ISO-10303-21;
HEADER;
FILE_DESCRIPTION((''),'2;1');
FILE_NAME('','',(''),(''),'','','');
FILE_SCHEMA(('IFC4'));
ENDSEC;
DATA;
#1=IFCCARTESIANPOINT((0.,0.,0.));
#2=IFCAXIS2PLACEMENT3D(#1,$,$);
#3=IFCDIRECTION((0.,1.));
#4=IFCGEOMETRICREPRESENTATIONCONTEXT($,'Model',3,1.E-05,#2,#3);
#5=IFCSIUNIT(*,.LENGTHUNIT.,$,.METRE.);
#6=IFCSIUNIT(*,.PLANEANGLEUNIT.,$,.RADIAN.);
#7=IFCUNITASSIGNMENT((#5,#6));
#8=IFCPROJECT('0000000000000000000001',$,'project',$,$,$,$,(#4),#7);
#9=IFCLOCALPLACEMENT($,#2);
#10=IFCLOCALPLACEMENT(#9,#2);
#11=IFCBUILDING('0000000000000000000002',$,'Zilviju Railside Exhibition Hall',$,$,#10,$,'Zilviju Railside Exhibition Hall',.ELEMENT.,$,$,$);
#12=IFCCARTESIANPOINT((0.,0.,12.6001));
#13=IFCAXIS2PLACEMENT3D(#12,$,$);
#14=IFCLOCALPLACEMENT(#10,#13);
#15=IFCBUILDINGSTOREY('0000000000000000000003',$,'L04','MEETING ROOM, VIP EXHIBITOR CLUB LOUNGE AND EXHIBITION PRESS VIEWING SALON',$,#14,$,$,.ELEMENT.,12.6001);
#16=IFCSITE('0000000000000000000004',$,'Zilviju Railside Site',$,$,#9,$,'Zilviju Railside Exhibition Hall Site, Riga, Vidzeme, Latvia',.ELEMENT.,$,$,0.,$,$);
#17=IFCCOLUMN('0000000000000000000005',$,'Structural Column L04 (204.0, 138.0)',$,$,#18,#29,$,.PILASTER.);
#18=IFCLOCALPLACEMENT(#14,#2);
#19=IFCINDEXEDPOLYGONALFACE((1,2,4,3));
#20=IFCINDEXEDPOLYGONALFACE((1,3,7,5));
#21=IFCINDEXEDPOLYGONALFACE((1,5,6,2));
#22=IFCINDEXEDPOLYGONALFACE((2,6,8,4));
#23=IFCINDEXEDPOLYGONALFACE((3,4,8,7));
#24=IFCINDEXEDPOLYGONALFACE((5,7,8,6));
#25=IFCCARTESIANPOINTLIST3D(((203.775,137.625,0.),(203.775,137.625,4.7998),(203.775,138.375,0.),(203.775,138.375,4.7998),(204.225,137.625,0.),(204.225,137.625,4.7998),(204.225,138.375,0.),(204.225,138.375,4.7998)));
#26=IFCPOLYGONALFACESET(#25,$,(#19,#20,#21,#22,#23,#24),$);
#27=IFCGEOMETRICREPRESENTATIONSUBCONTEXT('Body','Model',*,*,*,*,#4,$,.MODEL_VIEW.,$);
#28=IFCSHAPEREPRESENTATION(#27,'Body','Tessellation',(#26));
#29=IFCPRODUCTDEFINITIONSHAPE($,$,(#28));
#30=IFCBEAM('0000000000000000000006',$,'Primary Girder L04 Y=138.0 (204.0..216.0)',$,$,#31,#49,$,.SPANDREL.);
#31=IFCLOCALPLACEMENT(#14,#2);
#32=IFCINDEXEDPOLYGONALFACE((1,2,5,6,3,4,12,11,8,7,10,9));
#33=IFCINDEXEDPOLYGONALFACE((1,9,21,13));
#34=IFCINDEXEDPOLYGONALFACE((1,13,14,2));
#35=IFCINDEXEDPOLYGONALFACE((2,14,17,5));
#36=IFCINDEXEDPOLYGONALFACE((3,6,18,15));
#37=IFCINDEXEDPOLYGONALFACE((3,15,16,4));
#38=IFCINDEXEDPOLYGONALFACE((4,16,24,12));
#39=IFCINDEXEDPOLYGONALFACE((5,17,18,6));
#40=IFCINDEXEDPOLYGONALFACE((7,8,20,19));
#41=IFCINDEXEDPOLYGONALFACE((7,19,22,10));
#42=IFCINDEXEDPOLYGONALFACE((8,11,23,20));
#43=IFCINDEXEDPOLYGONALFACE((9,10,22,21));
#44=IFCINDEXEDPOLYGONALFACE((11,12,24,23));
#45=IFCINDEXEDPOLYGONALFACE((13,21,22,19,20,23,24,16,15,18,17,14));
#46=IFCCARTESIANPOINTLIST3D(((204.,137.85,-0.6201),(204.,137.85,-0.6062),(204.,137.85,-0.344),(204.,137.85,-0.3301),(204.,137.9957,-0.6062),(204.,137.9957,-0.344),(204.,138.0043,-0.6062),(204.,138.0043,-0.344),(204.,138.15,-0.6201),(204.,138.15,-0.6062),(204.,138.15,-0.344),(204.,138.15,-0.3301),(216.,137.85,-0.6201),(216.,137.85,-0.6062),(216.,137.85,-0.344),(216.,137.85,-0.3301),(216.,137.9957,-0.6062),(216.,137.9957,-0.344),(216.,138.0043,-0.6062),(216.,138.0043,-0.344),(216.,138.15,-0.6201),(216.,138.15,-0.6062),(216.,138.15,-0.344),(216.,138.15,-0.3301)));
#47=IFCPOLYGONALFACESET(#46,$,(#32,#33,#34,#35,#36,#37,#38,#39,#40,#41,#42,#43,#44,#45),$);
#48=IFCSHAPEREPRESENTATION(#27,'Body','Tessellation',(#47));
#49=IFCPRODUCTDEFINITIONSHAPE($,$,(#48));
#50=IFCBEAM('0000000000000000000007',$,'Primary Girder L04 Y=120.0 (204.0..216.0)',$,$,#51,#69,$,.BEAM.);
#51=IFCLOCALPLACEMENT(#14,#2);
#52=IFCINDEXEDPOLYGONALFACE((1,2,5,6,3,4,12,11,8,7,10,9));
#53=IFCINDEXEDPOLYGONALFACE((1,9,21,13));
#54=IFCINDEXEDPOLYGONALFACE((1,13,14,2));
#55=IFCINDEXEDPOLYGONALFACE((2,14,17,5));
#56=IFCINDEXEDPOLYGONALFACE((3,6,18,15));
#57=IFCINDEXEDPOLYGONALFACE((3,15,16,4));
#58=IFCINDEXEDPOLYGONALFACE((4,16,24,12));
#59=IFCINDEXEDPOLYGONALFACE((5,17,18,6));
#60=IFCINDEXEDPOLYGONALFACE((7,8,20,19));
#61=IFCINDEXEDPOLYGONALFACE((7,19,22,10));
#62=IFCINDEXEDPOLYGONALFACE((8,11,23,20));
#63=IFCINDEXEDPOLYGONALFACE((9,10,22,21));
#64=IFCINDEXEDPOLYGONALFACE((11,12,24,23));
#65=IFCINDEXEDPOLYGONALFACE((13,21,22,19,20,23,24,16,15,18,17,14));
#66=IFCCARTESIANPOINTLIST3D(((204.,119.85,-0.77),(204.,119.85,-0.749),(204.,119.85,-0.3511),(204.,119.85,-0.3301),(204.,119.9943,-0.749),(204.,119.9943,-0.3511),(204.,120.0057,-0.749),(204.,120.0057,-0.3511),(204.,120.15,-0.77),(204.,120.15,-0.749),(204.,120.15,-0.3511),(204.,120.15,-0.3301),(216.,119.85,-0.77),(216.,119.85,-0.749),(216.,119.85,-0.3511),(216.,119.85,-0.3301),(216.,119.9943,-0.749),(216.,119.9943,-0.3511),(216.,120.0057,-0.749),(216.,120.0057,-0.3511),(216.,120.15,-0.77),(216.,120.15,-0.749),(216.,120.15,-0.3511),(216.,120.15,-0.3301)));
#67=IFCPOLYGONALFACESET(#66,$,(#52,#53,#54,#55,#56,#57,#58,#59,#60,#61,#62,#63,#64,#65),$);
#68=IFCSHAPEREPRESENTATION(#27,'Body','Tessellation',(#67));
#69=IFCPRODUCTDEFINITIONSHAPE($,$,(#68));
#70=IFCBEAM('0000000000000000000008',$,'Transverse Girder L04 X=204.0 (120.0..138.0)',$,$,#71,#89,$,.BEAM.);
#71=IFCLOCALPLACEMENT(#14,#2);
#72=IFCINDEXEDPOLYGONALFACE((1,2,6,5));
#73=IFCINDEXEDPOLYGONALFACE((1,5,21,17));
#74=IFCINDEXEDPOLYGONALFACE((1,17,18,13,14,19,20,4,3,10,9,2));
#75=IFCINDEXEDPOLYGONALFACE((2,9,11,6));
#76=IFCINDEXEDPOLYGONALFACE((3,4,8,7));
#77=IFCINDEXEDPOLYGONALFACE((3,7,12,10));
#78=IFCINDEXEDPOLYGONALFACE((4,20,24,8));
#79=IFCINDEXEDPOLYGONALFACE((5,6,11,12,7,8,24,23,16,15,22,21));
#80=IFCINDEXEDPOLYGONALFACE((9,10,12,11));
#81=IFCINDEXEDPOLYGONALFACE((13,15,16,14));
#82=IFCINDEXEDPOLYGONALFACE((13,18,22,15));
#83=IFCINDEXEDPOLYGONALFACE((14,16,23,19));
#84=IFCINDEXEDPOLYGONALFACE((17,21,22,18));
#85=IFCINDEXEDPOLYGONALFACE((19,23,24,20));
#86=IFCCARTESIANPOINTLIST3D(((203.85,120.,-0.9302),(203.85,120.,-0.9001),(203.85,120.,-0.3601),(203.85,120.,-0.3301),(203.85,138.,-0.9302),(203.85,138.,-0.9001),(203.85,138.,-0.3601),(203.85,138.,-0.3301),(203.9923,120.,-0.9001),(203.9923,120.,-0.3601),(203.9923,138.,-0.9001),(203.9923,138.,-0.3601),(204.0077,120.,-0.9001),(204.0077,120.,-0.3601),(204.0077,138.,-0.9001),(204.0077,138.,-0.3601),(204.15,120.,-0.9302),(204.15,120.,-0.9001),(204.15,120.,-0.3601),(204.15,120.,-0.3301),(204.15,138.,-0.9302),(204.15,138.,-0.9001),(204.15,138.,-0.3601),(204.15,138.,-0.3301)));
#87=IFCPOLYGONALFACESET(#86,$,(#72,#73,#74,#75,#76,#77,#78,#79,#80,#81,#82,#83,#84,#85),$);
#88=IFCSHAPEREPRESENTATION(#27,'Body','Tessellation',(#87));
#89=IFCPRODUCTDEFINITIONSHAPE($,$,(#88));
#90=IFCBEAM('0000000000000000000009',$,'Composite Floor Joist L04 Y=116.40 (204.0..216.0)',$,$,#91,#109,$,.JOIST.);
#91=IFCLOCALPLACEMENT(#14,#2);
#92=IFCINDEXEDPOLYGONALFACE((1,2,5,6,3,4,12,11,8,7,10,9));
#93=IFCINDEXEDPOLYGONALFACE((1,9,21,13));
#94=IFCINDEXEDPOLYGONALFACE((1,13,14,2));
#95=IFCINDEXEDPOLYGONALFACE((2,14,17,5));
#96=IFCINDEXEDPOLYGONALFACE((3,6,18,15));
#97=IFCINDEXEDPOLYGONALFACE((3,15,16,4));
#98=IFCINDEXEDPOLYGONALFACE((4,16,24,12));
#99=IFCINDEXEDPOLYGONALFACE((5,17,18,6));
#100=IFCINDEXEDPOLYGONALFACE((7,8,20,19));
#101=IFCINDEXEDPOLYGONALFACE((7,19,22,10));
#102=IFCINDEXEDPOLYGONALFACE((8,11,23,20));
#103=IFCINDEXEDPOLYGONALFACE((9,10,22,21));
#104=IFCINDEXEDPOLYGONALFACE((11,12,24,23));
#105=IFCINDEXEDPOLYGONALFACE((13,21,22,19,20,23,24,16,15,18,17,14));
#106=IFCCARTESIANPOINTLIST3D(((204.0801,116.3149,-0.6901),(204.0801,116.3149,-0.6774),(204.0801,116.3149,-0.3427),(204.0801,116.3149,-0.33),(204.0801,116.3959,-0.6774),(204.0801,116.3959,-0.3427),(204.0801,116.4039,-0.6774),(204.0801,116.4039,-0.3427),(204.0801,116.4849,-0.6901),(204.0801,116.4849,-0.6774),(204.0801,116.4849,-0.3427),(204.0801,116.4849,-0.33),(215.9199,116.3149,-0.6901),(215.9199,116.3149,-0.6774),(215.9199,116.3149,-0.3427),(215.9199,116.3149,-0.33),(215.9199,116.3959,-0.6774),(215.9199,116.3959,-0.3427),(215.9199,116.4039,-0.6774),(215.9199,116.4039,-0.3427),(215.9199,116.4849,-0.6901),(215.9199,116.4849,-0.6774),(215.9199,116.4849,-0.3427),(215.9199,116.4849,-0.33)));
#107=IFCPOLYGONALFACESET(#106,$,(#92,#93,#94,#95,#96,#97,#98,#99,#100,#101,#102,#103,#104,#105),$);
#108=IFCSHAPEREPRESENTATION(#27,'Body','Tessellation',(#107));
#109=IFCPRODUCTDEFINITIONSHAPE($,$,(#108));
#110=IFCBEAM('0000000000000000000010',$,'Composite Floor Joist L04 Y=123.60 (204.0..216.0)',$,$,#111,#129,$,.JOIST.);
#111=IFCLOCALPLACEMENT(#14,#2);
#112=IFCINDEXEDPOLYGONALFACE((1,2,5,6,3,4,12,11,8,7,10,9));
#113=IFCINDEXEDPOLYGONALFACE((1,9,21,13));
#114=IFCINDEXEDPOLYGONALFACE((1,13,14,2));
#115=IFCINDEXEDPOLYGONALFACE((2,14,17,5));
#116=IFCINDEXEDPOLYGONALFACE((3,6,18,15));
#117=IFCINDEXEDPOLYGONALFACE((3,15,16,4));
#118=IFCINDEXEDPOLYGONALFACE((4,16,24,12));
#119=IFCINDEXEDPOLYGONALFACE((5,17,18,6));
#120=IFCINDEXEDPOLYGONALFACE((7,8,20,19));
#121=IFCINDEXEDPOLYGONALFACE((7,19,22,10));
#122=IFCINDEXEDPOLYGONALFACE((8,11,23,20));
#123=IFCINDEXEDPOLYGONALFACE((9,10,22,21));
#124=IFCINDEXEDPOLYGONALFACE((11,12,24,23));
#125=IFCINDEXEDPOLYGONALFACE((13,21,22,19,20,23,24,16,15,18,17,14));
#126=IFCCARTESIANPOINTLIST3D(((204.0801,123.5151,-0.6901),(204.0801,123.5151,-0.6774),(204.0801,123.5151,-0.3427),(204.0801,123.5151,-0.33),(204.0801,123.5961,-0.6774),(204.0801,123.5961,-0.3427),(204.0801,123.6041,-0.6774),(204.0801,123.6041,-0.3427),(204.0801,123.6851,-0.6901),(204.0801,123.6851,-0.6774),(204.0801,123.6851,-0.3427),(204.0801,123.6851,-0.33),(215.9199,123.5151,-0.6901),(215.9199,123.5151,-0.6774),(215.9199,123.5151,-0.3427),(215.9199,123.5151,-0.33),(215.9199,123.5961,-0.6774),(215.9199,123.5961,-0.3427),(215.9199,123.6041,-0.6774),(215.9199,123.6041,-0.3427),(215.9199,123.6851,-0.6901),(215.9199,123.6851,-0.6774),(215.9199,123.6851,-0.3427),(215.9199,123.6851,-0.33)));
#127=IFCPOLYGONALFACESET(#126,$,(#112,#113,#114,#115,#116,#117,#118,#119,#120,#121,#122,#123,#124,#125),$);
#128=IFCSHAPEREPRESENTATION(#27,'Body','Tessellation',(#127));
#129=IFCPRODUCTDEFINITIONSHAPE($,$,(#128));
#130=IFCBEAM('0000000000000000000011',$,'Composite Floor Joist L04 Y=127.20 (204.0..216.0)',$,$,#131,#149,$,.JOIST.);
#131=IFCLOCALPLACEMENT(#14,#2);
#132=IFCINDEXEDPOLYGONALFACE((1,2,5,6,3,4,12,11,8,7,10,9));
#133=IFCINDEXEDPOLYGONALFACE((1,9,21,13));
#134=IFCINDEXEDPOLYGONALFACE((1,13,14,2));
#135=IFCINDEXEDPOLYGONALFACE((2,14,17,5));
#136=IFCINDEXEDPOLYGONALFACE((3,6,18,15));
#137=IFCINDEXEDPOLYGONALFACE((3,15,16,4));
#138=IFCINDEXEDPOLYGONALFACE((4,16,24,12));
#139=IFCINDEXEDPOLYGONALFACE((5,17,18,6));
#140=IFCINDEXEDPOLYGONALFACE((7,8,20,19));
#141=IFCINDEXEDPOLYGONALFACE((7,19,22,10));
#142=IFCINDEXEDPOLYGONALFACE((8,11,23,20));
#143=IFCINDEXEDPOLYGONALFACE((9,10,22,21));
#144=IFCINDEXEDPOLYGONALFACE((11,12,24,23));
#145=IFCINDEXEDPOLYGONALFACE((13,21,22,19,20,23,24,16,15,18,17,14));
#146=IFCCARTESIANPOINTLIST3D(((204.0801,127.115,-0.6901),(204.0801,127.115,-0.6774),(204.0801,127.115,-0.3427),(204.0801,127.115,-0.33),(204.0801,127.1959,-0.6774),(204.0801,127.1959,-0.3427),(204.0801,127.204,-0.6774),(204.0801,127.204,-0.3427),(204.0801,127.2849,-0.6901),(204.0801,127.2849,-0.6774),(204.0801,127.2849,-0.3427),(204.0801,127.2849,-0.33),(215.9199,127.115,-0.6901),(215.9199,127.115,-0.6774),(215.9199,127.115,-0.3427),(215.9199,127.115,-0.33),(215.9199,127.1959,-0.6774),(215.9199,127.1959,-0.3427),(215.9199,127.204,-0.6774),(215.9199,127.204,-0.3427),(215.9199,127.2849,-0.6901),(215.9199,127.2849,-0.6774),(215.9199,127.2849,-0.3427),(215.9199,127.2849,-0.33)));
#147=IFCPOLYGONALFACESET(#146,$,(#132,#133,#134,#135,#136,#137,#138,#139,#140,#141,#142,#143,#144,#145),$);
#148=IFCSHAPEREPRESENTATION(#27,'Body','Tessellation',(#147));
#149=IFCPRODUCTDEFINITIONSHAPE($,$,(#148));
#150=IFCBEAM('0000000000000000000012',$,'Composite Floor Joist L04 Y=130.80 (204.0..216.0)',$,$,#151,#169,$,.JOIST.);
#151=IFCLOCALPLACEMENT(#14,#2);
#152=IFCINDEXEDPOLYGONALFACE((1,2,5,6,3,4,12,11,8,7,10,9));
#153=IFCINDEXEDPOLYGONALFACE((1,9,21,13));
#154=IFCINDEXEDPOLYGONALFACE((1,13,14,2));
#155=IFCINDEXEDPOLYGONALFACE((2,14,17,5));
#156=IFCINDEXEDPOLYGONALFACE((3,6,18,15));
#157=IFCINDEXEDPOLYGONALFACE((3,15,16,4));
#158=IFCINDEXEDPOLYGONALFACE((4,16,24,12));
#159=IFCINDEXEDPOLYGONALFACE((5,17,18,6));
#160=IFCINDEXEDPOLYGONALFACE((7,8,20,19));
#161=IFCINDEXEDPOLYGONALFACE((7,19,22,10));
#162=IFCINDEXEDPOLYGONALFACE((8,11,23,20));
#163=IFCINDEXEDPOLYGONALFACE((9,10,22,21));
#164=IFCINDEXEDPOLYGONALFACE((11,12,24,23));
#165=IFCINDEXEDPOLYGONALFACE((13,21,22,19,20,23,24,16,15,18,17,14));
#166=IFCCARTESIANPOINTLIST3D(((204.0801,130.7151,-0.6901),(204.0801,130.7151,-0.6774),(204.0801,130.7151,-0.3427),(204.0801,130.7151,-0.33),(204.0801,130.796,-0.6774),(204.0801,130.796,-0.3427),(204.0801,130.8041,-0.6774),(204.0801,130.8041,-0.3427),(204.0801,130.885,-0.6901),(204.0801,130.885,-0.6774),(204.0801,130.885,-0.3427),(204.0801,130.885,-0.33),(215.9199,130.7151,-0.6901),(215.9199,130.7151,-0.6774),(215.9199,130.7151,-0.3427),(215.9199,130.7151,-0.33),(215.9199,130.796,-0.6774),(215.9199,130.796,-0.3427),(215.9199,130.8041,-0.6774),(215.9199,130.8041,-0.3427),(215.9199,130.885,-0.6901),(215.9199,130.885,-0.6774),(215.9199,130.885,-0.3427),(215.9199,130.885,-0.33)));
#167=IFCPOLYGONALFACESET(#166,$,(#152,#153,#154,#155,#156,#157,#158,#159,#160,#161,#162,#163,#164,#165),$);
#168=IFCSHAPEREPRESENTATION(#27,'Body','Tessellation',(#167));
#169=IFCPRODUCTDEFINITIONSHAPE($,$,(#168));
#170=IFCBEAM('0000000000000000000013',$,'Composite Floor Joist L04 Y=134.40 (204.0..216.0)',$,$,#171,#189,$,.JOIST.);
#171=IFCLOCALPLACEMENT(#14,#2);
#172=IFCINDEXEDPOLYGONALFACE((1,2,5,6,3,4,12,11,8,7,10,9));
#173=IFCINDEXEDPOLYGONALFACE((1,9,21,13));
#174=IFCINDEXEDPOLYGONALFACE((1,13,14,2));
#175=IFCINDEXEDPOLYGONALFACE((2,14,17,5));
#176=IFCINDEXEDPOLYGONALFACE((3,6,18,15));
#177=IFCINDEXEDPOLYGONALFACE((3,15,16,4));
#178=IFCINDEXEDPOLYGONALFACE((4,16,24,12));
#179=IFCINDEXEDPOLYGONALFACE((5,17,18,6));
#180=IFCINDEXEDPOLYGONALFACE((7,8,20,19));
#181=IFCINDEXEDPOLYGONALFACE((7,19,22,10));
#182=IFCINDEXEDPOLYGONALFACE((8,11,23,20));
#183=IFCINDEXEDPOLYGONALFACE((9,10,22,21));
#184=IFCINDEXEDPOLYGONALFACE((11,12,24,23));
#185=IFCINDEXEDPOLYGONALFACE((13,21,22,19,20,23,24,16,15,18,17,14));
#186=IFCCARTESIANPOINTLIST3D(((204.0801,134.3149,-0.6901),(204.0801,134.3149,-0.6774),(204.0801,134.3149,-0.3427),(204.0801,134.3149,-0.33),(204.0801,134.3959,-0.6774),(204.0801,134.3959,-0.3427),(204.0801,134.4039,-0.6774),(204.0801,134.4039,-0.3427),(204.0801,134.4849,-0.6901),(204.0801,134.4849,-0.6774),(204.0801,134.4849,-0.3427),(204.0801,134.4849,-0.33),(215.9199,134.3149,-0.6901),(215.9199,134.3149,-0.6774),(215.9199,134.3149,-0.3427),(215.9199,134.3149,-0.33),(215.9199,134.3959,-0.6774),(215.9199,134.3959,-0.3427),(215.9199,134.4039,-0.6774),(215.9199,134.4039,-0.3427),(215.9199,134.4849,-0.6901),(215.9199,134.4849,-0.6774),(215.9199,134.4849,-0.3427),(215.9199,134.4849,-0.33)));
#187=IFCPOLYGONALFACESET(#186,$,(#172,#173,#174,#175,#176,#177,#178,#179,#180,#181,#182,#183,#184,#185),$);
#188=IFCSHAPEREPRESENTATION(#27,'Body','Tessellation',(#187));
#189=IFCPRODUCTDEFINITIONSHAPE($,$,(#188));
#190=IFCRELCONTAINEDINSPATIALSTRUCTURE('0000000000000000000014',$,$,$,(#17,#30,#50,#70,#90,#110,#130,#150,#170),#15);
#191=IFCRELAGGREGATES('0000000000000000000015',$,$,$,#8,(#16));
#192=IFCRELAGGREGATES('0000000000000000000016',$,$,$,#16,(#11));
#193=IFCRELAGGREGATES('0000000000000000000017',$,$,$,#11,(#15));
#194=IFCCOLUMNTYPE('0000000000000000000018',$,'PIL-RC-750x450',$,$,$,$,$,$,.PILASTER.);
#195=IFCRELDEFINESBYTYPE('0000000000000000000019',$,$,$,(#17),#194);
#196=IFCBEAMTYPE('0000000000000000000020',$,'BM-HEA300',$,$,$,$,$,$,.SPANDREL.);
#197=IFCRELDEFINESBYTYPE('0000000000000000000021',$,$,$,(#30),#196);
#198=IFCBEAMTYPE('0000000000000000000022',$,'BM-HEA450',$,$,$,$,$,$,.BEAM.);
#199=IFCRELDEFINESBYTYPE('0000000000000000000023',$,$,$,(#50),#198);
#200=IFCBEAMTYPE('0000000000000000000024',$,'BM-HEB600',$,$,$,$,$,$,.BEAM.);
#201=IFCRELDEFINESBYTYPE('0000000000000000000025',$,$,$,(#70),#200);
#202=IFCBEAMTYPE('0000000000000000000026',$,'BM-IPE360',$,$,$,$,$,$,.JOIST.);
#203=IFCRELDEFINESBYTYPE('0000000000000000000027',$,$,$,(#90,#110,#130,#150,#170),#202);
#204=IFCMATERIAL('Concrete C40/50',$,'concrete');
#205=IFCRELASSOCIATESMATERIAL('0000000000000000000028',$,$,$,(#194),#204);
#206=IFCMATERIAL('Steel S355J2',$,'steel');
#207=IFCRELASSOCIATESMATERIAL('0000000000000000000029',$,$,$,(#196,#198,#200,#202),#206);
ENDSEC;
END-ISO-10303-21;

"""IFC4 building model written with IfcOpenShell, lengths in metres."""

from ifc_helpers import new_model, si_unit, direction, frame, origin, origin_2d, place, context, subcontext, project, spatial, rectangle, i_section, extrude, material, material_profile, profile_set, type_object, element, save


model = new_model("IFC4")

# Units and contexts
model_context = context("Model", 3, precision=1e-05, world=origin(), true_north=direction((0.0, 1.0)))
body_context = subcontext(model_context, "Body", "Model", "MODEL_VIEW")
ifc_project = project(units=[si_unit("LENGTHUNIT", "METRE"), si_unit("PLANEANGLEUNIT", "RADIAN")], contexts=[model_context])

# Site, building, storey
site_placement = place(None, origin())
site = spatial("IfcSite", under=ifc_project, at=site_placement, Name="Zilviju Railside Site", LongName="Zilviju Railside Exhibition Hall Site, Riga, Vidzeme, Latvia", CompositionType="ELEMENT", RefElevation=0.0)
building_placement = place(site_placement, origin())
building = spatial("IfcBuilding", under=site, at=building_placement, Name="Zilviju Railside Exhibition Hall", LongName="Zilviju Railside Exhibition Hall", CompositionType="ELEMENT")
storey_placement = place(building_placement, frame((0.0, 0.0, 12.6001)))
storey = spatial("IfcBuildingStorey", under=building, at=storey_placement, Name="L04", Description="MEETING ROOM, VIP EXHIBITOR CLUB LOUNGE AND EXHIBITION PRESS VIEWING SALON", CompositionType="ELEMENT", Elevation=12.6001)

# Column
ifc_material_1 = material(Name="Concrete C40/50", Category="concrete")
ifc_material_profile_1 = material_profile(ifc_material_1, rectangle(XDim=0.45, YDim=0.75, at=origin_2d()), Name="RC COL 450x750")
ifc_profile_set_1 = profile_set([ifc_material_profile_1], Name="Concrete C40/50")
column_type = type_object("IfcColumnType", Name="PIL-RC-750x450", PredefinedType="PILASTER", material=ifc_profile_set_1)
column_placement = place(storey_placement, frame((204.0, 138.0, 0.0), z_axis=(0.0, 0.0, 1.0), x_axis=(1.0, 0.0, 0.0)))
element("IfcColumn", 1, at=column_placement, inside=storey, type_object=column_type, Name="Structural Column L04 (204.0, 138.0)", PredefinedType="PILASTER", context=body_context, shape_type="SweptSolid", body=[
    extrude(rectangle(XDim=0.45, YDim=0.75, at=origin_2d()), origin(), (0.0, 0.0, 1.0), 4.7998),
])

# Beams
ifc_material_2 = material(Name="Steel S355J2", Category="steel")
ifc_material_profile_2 = material_profile(ifc_material_2, i_section(OverallWidth=0.3, OverallDepth=0.29, WebThickness=0.0085, FlangeThickness=0.0139, at=origin_2d()), Name="HEA 300")
ifc_profile_set_2 = profile_set([ifc_material_profile_2], Name="Steel S355J2")
beam_type_1 = type_object("IfcBeamType", Name="BM-HEA300", PredefinedType="SPANDREL", material=ifc_profile_set_2)
beam_1_placement = place(storey_placement, frame((204.0, 138.0, -0.4751), z_axis=(1.0, 0.0, 0.0), x_axis=(0.0, 1.0, 0.0)))
element("IfcBeam", 2, at=beam_1_placement, inside=storey, type_object=beam_type_1, Name="Primary Girder L04 Y=138.0 (204.0..216.0)", PredefinedType="SPANDREL", context=body_context, shape_type="SweptSolid", body=[
    extrude(i_section(OverallWidth=0.3, OverallDepth=0.29, WebThickness=0.0085, FlangeThickness=0.0139, at=origin_2d()), origin(), (0.0, 0.0, 1.0), 12.0),
])
ifc_material_profile_3 = material_profile(ifc_material_2, i_section(OverallWidth=0.3, OverallDepth=0.4399, WebThickness=0.0115, FlangeThickness=0.021, at=origin_2d()), Name="HEA 450")
ifc_profile_set_3 = profile_set([ifc_material_profile_3], Name="Steel S355J2")
beam_type_2 = type_object("IfcBeamType", Name="BM-HEA450", PredefinedType="BEAM", material=ifc_profile_set_3)
beam_2_placement = place(storey_placement, frame((204.0, 120.0, -0.55), z_axis=(1.0, 0.0, 0.0), x_axis=(0.0, 1.0, 0.0)))
element("IfcBeam", 3, at=beam_2_placement, inside=storey, type_object=beam_type_2, Name="Primary Girder L04 Y=120.0 (204.0..216.0)", PredefinedType="BEAM", context=body_context, shape_type="SweptSolid", body=[
    extrude(i_section(OverallWidth=0.3, OverallDepth=0.4399, WebThickness=0.0115, FlangeThickness=0.021, at=origin_2d()), origin(), (0.0, 0.0, 1.0), 12.0),
])
ifc_material_profile_4 = material_profile(ifc_material_2, i_section(OverallWidth=0.3, OverallDepth=0.6001, WebThickness=0.0154, FlangeThickness=0.03, at=origin_2d()), Name="HEB 600")
ifc_profile_set_4 = profile_set([ifc_material_profile_4], Name="Steel S355J2")
beam_type_3 = type_object("IfcBeamType", Name="BM-HEB600", PredefinedType="BEAM", material=ifc_profile_set_4)
beam_3_placement = place(storey_placement, frame((204.0, 120.0, -0.6301), z_axis=(0.0, 1.0, 0.0), x_axis=(-1.0, 0.0, 0.0)))
element("IfcBeam", 4, at=beam_3_placement, inside=storey, type_object=beam_type_3, Name="Transverse Girder L04 X=204.0 (120.0..138.0)", PredefinedType="BEAM", context=body_context, shape_type="SweptSolid", body=[
    extrude(i_section(OverallWidth=0.3, OverallDepth=0.6001, WebThickness=0.0154, FlangeThickness=0.03, at=origin_2d()), origin(), (0.0, 0.0, 1.0), 18.0),
])
ifc_material_profile_5 = material_profile(ifc_material_2, i_section(OverallWidth=0.1699, OverallDepth=0.3601, WebThickness=0.0081, FlangeThickness=0.0127, at=origin_2d()), Name="IPE 360")
ifc_profile_set_5 = profile_set([ifc_material_profile_5], Name="Steel S355J2")
beam_type_4 = type_object("IfcBeamType", Name="BM-IPE360", PredefinedType="JOIST", material=ifc_profile_set_5)
for number, where, z_axis, x_axis, name in (
    (5, (204.0801, 116.3999, -0.51), (1.0, 0.0, 0.0), (0.0, 1.0, 0.0), "Composite Floor Joist L04 Y=116.40 (204.0..216.0)"),
    (6, (204.0801, 123.6001, -0.51), (1.0, 0.0, 0.0), (0.0, 1.0, 0.0), "Composite Floor Joist L04 Y=123.60 (204.0..216.0)"),
    (7, (204.0801, 127.2, -0.51), (1.0, 0.0, 0.0), (0.0, 1.0, 0.0), "Composite Floor Joist L04 Y=127.20 (204.0..216.0)"),
    (8, (204.0801, 130.8, -0.51), (1.0, 0.0, 0.0), (0.0, 1.0, 0.0), "Composite Floor Joist L04 Y=130.80 (204.0..216.0)"),
    (9, (204.0801, 134.3999, -0.51), (1.0, 0.0, 0.0), (0.0, 1.0, 0.0), "Composite Floor Joist L04 Y=134.40 (204.0..216.0)"),
):
    element("IfcBeam", number, at=place(storey_placement, frame(where, z_axis=z_axis, x_axis=x_axis)), inside=storey, type_object=beam_type_4, Name=name, PredefinedType="JOIST", context=body_context, shape_type="SweptSolid", body=[
        extrude(i_section(OverallWidth=0.1699, OverallDepth=0.3601, WebThickness=0.0081, FlangeThickness=0.0127, at=origin_2d()), origin(), (0.0, 0.0, 1.0), 11.8398),
    ])

save(model, "model.ifc")
